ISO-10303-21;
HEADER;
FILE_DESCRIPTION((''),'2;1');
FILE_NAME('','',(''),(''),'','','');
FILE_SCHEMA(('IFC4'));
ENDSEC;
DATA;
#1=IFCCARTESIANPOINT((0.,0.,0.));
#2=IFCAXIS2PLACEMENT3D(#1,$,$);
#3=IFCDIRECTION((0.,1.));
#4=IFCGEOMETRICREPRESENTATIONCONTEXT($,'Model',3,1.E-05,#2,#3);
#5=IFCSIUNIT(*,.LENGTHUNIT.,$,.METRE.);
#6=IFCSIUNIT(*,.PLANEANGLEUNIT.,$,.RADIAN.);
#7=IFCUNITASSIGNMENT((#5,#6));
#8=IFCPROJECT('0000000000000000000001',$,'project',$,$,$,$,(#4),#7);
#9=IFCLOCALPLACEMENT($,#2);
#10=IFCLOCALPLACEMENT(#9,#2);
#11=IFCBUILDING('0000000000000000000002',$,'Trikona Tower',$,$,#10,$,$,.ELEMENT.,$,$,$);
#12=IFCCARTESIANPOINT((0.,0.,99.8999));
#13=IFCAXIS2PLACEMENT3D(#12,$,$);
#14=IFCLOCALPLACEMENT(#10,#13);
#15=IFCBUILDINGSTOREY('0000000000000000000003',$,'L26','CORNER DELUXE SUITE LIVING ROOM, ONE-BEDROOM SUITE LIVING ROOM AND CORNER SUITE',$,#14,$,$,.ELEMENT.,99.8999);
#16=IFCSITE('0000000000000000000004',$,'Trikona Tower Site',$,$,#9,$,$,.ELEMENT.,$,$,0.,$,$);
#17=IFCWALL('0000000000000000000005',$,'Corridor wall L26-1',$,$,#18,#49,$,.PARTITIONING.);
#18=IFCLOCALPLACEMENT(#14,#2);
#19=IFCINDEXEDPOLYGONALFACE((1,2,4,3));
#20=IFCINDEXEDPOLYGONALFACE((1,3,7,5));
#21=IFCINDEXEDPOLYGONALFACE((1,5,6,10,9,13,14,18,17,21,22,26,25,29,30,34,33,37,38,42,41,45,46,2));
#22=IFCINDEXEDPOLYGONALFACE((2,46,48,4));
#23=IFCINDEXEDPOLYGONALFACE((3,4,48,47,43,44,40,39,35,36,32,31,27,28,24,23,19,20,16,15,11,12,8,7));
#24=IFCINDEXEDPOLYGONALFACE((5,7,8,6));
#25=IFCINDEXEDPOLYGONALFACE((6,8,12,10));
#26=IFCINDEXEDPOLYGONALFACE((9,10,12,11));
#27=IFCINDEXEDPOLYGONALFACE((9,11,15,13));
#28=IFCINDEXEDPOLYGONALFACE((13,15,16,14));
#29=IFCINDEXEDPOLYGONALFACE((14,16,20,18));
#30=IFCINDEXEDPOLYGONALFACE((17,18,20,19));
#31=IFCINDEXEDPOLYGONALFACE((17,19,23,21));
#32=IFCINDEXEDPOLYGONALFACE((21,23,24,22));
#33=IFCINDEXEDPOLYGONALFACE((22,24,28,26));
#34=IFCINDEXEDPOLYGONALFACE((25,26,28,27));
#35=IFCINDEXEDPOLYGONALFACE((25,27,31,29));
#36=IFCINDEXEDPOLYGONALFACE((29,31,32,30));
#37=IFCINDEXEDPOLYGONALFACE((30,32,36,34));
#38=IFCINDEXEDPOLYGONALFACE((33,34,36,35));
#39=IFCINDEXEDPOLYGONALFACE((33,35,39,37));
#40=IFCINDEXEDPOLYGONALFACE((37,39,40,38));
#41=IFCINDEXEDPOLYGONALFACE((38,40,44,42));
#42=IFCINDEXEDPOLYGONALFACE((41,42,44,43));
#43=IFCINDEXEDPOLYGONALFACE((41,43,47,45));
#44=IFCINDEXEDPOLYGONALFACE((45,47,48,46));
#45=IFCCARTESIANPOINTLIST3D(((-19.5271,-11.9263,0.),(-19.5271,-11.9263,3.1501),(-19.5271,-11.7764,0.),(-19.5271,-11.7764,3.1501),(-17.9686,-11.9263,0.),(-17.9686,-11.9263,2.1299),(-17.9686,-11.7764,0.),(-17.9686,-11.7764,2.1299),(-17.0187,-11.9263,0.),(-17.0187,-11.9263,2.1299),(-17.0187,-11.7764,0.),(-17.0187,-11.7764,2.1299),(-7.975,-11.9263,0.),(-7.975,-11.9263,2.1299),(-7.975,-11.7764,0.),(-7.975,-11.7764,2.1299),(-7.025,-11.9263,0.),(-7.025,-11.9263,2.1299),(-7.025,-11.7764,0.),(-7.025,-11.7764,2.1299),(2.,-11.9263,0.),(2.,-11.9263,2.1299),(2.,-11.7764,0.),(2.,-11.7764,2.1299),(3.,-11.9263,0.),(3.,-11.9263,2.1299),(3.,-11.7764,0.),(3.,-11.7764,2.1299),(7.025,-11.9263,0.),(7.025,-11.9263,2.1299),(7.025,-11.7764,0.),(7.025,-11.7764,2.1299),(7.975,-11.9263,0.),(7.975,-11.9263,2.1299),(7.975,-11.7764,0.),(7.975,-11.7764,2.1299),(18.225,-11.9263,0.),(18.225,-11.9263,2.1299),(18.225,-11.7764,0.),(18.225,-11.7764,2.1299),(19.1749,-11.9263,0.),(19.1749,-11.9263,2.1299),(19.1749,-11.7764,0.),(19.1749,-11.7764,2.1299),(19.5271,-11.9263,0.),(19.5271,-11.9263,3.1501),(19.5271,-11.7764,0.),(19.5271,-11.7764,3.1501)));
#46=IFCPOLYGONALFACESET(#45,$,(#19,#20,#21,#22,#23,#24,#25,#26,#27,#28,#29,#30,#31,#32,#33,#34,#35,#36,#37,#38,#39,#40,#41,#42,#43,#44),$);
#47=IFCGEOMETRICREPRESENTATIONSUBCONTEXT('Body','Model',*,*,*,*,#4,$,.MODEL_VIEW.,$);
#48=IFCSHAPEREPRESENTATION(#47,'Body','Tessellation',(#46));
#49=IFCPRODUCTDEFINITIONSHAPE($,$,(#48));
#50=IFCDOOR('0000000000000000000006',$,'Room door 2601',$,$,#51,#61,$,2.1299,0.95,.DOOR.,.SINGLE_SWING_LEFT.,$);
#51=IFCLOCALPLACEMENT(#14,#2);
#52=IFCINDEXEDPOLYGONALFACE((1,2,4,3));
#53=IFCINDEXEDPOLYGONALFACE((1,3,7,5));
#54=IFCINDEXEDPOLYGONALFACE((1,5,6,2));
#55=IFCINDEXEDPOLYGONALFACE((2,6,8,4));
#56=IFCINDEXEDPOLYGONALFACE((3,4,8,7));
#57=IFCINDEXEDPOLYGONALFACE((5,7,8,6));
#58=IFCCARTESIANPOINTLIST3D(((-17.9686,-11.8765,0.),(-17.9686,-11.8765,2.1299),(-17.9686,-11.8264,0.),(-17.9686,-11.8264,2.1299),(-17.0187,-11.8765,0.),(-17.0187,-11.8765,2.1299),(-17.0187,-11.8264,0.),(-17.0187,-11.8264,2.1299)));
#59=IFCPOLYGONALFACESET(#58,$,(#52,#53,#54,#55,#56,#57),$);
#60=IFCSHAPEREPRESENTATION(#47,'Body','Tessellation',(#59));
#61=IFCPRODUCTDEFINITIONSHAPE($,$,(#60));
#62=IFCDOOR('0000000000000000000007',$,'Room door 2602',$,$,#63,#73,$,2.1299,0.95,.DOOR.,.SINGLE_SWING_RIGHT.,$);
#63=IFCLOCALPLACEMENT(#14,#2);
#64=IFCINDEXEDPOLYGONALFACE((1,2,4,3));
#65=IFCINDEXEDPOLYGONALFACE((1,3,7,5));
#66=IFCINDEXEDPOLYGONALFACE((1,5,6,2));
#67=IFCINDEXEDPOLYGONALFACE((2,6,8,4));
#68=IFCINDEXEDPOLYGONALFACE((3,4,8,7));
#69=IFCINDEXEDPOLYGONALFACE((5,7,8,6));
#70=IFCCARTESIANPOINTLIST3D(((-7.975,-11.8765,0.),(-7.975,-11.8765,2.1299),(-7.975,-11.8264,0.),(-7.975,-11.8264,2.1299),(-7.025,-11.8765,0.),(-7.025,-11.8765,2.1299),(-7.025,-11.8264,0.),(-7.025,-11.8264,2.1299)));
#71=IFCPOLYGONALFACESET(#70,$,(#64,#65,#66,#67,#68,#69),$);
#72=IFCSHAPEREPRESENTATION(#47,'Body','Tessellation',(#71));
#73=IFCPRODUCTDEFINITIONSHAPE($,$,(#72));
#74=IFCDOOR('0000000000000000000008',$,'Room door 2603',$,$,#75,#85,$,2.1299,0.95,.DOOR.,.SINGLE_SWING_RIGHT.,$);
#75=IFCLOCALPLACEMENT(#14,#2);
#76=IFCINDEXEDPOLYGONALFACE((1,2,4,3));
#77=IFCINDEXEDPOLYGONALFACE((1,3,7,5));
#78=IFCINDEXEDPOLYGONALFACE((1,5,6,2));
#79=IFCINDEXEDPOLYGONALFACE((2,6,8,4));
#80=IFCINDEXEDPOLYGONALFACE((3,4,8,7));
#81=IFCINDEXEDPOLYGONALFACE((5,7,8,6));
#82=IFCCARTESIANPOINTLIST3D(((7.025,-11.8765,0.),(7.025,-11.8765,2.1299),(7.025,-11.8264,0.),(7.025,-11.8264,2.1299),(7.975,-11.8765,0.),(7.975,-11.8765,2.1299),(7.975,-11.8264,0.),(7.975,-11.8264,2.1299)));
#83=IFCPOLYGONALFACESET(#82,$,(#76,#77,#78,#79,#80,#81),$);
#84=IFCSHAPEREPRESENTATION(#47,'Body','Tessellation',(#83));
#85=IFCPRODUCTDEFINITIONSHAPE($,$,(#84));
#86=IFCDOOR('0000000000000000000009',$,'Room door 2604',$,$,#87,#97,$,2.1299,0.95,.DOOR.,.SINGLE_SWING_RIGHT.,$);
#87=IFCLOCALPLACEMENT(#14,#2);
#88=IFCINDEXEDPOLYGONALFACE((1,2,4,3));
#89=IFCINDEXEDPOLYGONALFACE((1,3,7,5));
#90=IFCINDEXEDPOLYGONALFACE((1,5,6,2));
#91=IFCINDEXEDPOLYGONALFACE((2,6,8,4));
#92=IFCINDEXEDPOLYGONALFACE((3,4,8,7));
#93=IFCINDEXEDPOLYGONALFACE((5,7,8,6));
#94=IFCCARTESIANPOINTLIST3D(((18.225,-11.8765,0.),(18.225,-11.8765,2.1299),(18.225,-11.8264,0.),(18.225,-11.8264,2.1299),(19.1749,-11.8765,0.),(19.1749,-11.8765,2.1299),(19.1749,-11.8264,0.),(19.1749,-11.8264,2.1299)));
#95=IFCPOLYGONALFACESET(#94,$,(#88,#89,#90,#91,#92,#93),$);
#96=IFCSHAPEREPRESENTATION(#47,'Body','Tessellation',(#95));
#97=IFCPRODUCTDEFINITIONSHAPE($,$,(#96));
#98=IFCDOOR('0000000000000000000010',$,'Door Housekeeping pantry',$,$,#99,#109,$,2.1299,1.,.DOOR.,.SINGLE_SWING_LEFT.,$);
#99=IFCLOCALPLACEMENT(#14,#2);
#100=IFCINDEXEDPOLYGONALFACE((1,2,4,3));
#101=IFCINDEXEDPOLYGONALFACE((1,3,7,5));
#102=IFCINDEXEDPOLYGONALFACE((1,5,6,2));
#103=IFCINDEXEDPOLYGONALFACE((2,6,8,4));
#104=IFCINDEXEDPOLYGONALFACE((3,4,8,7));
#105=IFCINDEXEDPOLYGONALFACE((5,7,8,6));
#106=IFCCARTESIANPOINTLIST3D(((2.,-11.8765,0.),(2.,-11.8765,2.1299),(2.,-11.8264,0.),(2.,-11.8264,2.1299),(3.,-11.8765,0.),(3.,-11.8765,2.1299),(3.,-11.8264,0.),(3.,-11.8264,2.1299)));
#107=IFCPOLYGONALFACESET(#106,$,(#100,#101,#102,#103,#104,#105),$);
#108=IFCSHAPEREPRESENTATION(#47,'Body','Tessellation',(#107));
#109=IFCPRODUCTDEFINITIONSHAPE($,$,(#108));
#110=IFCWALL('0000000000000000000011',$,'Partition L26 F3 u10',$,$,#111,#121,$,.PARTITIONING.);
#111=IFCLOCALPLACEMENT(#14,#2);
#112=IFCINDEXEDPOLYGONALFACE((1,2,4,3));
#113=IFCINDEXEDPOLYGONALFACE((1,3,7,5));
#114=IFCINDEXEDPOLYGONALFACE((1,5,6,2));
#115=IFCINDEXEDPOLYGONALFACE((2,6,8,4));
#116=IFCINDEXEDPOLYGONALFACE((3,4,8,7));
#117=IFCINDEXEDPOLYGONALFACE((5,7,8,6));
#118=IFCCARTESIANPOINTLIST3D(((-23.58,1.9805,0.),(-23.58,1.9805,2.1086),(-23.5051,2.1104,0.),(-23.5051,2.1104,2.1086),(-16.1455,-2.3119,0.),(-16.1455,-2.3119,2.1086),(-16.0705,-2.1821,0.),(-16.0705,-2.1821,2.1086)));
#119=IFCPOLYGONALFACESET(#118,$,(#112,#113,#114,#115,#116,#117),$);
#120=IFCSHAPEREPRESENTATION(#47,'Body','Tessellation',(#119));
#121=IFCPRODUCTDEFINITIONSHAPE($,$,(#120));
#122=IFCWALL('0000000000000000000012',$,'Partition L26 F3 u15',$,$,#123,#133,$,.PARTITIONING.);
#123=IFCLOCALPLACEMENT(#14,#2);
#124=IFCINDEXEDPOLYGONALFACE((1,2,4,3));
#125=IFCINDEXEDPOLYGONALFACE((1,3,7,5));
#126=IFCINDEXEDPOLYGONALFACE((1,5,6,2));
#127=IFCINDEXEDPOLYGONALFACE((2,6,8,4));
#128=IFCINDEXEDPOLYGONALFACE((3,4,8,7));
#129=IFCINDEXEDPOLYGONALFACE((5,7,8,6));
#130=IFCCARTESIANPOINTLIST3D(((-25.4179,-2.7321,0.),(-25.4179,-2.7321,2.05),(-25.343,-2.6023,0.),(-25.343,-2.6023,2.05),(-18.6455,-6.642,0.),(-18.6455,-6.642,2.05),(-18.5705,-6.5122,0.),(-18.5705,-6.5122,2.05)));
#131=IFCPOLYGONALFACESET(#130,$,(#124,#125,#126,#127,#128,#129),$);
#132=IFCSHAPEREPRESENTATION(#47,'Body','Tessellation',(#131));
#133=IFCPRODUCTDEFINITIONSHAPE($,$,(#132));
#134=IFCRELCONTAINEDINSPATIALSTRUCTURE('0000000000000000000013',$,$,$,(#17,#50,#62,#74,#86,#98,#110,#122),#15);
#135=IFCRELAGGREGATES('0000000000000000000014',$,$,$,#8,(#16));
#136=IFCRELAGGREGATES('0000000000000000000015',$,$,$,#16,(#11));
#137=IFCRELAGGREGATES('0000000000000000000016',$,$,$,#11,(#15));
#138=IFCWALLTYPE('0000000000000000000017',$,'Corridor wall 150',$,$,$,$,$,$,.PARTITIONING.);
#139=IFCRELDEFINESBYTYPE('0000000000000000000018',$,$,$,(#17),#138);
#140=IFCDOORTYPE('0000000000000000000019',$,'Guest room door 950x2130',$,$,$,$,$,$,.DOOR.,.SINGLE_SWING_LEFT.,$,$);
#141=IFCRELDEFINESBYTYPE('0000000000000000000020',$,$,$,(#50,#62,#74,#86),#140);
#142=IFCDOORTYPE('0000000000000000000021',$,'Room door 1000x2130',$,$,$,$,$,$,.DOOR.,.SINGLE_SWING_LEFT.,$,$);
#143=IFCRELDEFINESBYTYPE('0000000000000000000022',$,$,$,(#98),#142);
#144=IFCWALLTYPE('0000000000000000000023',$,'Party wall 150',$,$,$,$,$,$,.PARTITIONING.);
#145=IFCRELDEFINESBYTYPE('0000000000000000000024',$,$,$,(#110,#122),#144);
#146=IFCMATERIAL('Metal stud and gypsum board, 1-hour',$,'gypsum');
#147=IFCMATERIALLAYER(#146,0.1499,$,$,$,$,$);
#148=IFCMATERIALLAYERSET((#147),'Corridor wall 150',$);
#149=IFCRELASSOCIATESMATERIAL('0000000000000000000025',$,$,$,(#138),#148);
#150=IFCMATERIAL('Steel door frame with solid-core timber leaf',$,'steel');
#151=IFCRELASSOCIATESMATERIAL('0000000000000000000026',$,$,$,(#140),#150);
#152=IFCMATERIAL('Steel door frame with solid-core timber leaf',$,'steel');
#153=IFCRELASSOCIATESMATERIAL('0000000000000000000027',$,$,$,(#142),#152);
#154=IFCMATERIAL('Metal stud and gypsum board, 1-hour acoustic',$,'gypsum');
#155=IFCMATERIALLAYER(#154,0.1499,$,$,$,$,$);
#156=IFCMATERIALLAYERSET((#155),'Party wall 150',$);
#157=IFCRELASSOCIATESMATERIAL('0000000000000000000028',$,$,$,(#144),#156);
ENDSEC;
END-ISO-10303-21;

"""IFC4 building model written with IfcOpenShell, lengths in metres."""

from ifc_helpers import new_model, si_unit, direction, frame, frame_2d, origin, place, context, subcontext, project, spatial, rectangle, extrude, material, layer, layer_set, type_object, element, fill, save


model = new_model("IFC4")

# Units and contexts
model_context = context("Model", 3, precision=1e-05, world=origin(), true_north=direction((0.0, 1.0)))
body_context = subcontext(model_context, "Body", "Model", "MODEL_VIEW")
ifc_project = project(units=[si_unit("LENGTHUNIT", "METRE"), si_unit("PLANEANGLEUNIT", "RADIAN")], contexts=[model_context])

# Site, building, storey
site_placement = place(None, origin())
site = spatial("IfcSite", under=ifc_project, at=site_placement, Name="Trikona Tower Site", CompositionType="ELEMENT", RefElevation=0.0)
building_placement = place(site_placement, origin())
building = spatial("IfcBuilding", under=site, at=building_placement, Name="Trikona Tower", CompositionType="ELEMENT")
storey_placement = place(building_placement, frame((0.0, 0.0, 99.8999)))
storey = spatial("IfcBuildingStorey", under=building, at=storey_placement, Name="L26", Description="CORNER DELUXE SUITE LIVING ROOM, ONE-BEDROOM SUITE LIVING ROOM AND CORNER SUITE", CompositionType="ELEMENT", Elevation=99.8999)

# Wall, openings, doors
ifc_material_1 = material(Name="Metal stud and gypsum board, 1-hour", Category="gypsum")
ifc_layer_1 = layer(ifc_material_1, 0.1499)
ifc_layer_set_1 = layer_set([ifc_layer_1], Name="Corridor wall 150")
wall_type_1 = type_object("IfcWallType", Name="Corridor wall 150", PredefinedType="PARTITIONING", material=ifc_layer_set_1)
wall_1_placement = place(storey_placement, frame((-19.5271, -11.8513, 0.0), z_axis=(0.0, 0.0, 1.0), x_axis=(1.0, 0.0, 0.0)))
wall_1 = element("IfcWall", 1, at=wall_1_placement, inside=storey, type_object=wall_type_1, Name="Corridor wall L26-1", PredefinedType="PARTITIONING", context=body_context, shape_type="SweptSolid", body=[
    extrude(rectangle(XDim=39.0542, YDim=0.1499, at=frame_2d((19.5271, 0.0))), origin(), (0.0, 0.0, 1.0), 3.1501),
])
opening_1_placement = place(wall_1_placement, frame((1.5583, 0.0, 0.0)))
opening_1 = element("IfcOpeningElement", 2, at=opening_1_placement, cuts=wall_1, PredefinedType="OPENING", context=body_context, shape_type="SweptSolid", body=[
    extrude(rectangle(XDim=0.95, YDim=2.1299, at=frame_2d((0.4751, 1.0649))), frame((0.0, 0.085, 0.0), z_axis=(0.0, -1.0, 0.0), x_axis=(1.0, 0.0, 0.0)), (0.0, 0.0, 1.0), 0.1699),
])
opening_2_placement = place(wall_1_placement, frame((11.552, 0.0, 0.0)))
opening_2 = element("IfcOpeningElement", 3, at=opening_2_placement, cuts=wall_1, PredefinedType="OPENING", context=body_context, shape_type="SweptSolid", body=[
    extrude(rectangle(XDim=0.95, YDim=2.1299, at=frame_2d((0.4751, 1.0649))), frame((0.0, 0.085, 0.0), z_axis=(0.0, -1.0, 0.0), x_axis=(1.0, 0.0, 0.0)), (0.0, 0.0, 1.0), 0.1699),
])
opening_3_placement = place(wall_1_placement, frame((21.5271, 0.0, 0.0)))
opening_3 = element("IfcOpeningElement", 4, at=opening_3_placement, cuts=wall_1, PredefinedType="OPENING", context=body_context, shape_type="SweptSolid", body=[
    extrude(rectangle(XDim=1.0, YDim=2.1299, at=frame_2d((0.5, 1.0649))), frame((0.0, 0.085, 0.0), z_axis=(0.0, -1.0, 0.0), x_axis=(1.0, 0.0, 0.0)), (0.0, 0.0, 1.0), 0.1699),
])
opening_4_placement = place(wall_1_placement, frame((26.552, 0.0, 0.0)))
opening_4 = element("IfcOpeningElement", 5, at=opening_4_placement, cuts=wall_1, PredefinedType="OPENING", context=body_context, shape_type="SweptSolid", body=[
    extrude(rectangle(XDim=0.95, YDim=2.1299, at=frame_2d((0.4751, 1.0649))), frame((0.0, 0.085, 0.0), z_axis=(0.0, -1.0, 0.0), x_axis=(1.0, 0.0, 0.0)), (0.0, 0.0, 1.0), 0.1699),
])
opening_5_placement = place(wall_1_placement, frame((37.752, 0.0, 0.0)))
opening_5 = element("IfcOpeningElement", 6, at=opening_5_placement, cuts=wall_1, PredefinedType="OPENING", context=body_context, shape_type="SweptSolid", body=[
    extrude(rectangle(XDim=0.95, YDim=2.1299, at=frame_2d((0.4751, 1.0649))), frame((0.0, 0.085, 0.0), z_axis=(0.0, -1.0, 0.0), x_axis=(1.0, 0.0, 0.0)), (0.0, 0.0, 1.0), 0.1699),
])
ifc_material_2 = material(Name="Steel door frame with solid-core timber leaf", Category="steel")
door_type_1 = type_object("IfcDoorType", Name="Guest room door 950x2130", OperationType="SINGLE_SWING_LEFT", PredefinedType="DOOR", material=ifc_material_2)
door_1_placement = place(opening_1_placement, origin())
door_1 = element("IfcDoor", 7, at=door_1_placement, inside=storey, type_object=door_type_1, Name="Room door 2601", OperationType="SINGLE_SWING_LEFT", OverallHeight=2.1299, OverallWidth=0.95, PredefinedType="DOOR", context=body_context, shape_type="SweptSolid", body=[
    extrude(rectangle(XDim=0.95, YDim=2.1299, at=frame_2d((0.4751, 1.0649))), frame((0.0, 0.0249, 0.0), z_axis=(0.0, -1.0, 0.0), x_axis=(1.0, 0.0, 0.0)), (0.0, 0.0, 1.0), 0.05),
])
fill(opening_1, door_1)
door_2_placement = place(opening_2_placement, origin())
door_2 = element("IfcDoor", 8, at=door_2_placement, inside=storey, type_object=door_type_1, Name="Room door 2602", OperationType="SINGLE_SWING_RIGHT", OverallHeight=2.1299, OverallWidth=0.95, PredefinedType="DOOR", context=body_context, shape_type="SweptSolid", body=[
    extrude(rectangle(XDim=0.95, YDim=2.1299, at=frame_2d((0.4751, 1.0649))), frame((0.0, 0.0249, 0.0), z_axis=(0.0, -1.0, 0.0), x_axis=(1.0, 0.0, 0.0)), (0.0, 0.0, 1.0), 0.05),
])
fill(opening_2, door_2)
door_3_placement = place(opening_4_placement, origin())
door_3 = element("IfcDoor", 9, at=door_3_placement, inside=storey, type_object=door_type_1, Name="Room door 2603", OperationType="SINGLE_SWING_RIGHT", OverallHeight=2.1299, OverallWidth=0.95, PredefinedType="DOOR", context=body_context, shape_type="SweptSolid", body=[
    extrude(rectangle(XDim=0.95, YDim=2.1299, at=frame_2d((0.4751, 1.0649))), frame((0.0, 0.0249, 0.0), z_axis=(0.0, -1.0, 0.0), x_axis=(1.0, 0.0, 0.0)), (0.0, 0.0, 1.0), 0.05),
])
fill(opening_4, door_3)
door_4_placement = place(opening_5_placement, origin())
door_4 = element("IfcDoor", 10, at=door_4_placement, inside=storey, type_object=door_type_1, Name="Room door 2604", OperationType="SINGLE_SWING_RIGHT", OverallHeight=2.1299, OverallWidth=0.95, PredefinedType="DOOR", context=body_context, shape_type="SweptSolid", body=[
    extrude(rectangle(XDim=0.95, YDim=2.1299, at=frame_2d((0.4751, 1.0649))), frame((0.0, 0.0249, 0.0), z_axis=(0.0, -1.0, 0.0), x_axis=(1.0, 0.0, 0.0)), (0.0, 0.0, 1.0), 0.05),
])
fill(opening_5, door_4)
ifc_material_3 = material(Name="Steel door frame with solid-core timber leaf", Category="steel")
door_type_2 = type_object("IfcDoorType", Name="Room door 1000x2130", OperationType="SINGLE_SWING_LEFT", PredefinedType="DOOR", material=ifc_material_3)
door_5_placement = place(opening_3_placement, origin())
door_5 = element("IfcDoor", 11, at=door_5_placement, inside=storey, type_object=door_type_2, Name="Door Housekeeping pantry", OperationType="SINGLE_SWING_LEFT", OverallHeight=2.1299, OverallWidth=1.0, PredefinedType="DOOR", context=body_context, shape_type="SweptSolid", body=[
    extrude(rectangle(XDim=1.0, YDim=2.1299, at=frame_2d((0.5, 1.0649))), frame((0.0, 0.0249, 0.0), z_axis=(0.0, -1.0, 0.0), x_axis=(1.0, 0.0, 0.0)), (0.0, 0.0, 1.0), 0.05),
])
fill(opening_3, door_5)

# Walls
ifc_material_4 = material(Name="Metal stud and gypsum board, 1-hour acoustic", Category="gypsum")
ifc_layer_2 = layer(ifc_material_4, 0.1499)
ifc_layer_set_2 = layer_set([ifc_layer_2], Name="Party wall 150")
wall_type_2 = type_object("IfcWallType", Name="Party wall 150", PredefinedType="PARTITIONING", material=ifc_layer_set_2)
wall_2_placement = place(storey_placement, frame((-16.1079, -2.2471, 0.0), z_axis=(0.0, 0.0, 1.0), x_axis=(-0.866019, 0.500011, 0.0)))
element("IfcWall", 12, at=wall_2_placement, inside=storey, type_object=wall_type_2, Name="Partition L26 F3 u10", PredefinedType="PARTITIONING", context=body_context, shape_type="SweptSolid", body=[
    extrude(rectangle(XDim=8.5847, YDim=0.1499, at=frame_2d((4.2925, 0.0))), origin(), (0.0, 0.0, 1.0), 2.1086),
])
wall_3_placement = place(storey_placement, frame((-18.6079, -6.5771, 0.0), z_axis=(0.0, 0.0, 1.0), x_axis=(-0.866035, 0.499984, 0.0)))
element("IfcWall", 13, at=wall_3_placement, inside=storey, type_object=wall_type_2, Name="Partition L26 F3 u15", PredefinedType="PARTITIONING", context=body_context, shape_type="SweptSolid", body=[
    extrude(rectangle(XDim=7.8201, YDim=0.1499, at=frame_2d((3.9102, 0.0))), origin(), (0.0, 0.0, 1.0), 2.05),
])

save(model, "model.ifc")
